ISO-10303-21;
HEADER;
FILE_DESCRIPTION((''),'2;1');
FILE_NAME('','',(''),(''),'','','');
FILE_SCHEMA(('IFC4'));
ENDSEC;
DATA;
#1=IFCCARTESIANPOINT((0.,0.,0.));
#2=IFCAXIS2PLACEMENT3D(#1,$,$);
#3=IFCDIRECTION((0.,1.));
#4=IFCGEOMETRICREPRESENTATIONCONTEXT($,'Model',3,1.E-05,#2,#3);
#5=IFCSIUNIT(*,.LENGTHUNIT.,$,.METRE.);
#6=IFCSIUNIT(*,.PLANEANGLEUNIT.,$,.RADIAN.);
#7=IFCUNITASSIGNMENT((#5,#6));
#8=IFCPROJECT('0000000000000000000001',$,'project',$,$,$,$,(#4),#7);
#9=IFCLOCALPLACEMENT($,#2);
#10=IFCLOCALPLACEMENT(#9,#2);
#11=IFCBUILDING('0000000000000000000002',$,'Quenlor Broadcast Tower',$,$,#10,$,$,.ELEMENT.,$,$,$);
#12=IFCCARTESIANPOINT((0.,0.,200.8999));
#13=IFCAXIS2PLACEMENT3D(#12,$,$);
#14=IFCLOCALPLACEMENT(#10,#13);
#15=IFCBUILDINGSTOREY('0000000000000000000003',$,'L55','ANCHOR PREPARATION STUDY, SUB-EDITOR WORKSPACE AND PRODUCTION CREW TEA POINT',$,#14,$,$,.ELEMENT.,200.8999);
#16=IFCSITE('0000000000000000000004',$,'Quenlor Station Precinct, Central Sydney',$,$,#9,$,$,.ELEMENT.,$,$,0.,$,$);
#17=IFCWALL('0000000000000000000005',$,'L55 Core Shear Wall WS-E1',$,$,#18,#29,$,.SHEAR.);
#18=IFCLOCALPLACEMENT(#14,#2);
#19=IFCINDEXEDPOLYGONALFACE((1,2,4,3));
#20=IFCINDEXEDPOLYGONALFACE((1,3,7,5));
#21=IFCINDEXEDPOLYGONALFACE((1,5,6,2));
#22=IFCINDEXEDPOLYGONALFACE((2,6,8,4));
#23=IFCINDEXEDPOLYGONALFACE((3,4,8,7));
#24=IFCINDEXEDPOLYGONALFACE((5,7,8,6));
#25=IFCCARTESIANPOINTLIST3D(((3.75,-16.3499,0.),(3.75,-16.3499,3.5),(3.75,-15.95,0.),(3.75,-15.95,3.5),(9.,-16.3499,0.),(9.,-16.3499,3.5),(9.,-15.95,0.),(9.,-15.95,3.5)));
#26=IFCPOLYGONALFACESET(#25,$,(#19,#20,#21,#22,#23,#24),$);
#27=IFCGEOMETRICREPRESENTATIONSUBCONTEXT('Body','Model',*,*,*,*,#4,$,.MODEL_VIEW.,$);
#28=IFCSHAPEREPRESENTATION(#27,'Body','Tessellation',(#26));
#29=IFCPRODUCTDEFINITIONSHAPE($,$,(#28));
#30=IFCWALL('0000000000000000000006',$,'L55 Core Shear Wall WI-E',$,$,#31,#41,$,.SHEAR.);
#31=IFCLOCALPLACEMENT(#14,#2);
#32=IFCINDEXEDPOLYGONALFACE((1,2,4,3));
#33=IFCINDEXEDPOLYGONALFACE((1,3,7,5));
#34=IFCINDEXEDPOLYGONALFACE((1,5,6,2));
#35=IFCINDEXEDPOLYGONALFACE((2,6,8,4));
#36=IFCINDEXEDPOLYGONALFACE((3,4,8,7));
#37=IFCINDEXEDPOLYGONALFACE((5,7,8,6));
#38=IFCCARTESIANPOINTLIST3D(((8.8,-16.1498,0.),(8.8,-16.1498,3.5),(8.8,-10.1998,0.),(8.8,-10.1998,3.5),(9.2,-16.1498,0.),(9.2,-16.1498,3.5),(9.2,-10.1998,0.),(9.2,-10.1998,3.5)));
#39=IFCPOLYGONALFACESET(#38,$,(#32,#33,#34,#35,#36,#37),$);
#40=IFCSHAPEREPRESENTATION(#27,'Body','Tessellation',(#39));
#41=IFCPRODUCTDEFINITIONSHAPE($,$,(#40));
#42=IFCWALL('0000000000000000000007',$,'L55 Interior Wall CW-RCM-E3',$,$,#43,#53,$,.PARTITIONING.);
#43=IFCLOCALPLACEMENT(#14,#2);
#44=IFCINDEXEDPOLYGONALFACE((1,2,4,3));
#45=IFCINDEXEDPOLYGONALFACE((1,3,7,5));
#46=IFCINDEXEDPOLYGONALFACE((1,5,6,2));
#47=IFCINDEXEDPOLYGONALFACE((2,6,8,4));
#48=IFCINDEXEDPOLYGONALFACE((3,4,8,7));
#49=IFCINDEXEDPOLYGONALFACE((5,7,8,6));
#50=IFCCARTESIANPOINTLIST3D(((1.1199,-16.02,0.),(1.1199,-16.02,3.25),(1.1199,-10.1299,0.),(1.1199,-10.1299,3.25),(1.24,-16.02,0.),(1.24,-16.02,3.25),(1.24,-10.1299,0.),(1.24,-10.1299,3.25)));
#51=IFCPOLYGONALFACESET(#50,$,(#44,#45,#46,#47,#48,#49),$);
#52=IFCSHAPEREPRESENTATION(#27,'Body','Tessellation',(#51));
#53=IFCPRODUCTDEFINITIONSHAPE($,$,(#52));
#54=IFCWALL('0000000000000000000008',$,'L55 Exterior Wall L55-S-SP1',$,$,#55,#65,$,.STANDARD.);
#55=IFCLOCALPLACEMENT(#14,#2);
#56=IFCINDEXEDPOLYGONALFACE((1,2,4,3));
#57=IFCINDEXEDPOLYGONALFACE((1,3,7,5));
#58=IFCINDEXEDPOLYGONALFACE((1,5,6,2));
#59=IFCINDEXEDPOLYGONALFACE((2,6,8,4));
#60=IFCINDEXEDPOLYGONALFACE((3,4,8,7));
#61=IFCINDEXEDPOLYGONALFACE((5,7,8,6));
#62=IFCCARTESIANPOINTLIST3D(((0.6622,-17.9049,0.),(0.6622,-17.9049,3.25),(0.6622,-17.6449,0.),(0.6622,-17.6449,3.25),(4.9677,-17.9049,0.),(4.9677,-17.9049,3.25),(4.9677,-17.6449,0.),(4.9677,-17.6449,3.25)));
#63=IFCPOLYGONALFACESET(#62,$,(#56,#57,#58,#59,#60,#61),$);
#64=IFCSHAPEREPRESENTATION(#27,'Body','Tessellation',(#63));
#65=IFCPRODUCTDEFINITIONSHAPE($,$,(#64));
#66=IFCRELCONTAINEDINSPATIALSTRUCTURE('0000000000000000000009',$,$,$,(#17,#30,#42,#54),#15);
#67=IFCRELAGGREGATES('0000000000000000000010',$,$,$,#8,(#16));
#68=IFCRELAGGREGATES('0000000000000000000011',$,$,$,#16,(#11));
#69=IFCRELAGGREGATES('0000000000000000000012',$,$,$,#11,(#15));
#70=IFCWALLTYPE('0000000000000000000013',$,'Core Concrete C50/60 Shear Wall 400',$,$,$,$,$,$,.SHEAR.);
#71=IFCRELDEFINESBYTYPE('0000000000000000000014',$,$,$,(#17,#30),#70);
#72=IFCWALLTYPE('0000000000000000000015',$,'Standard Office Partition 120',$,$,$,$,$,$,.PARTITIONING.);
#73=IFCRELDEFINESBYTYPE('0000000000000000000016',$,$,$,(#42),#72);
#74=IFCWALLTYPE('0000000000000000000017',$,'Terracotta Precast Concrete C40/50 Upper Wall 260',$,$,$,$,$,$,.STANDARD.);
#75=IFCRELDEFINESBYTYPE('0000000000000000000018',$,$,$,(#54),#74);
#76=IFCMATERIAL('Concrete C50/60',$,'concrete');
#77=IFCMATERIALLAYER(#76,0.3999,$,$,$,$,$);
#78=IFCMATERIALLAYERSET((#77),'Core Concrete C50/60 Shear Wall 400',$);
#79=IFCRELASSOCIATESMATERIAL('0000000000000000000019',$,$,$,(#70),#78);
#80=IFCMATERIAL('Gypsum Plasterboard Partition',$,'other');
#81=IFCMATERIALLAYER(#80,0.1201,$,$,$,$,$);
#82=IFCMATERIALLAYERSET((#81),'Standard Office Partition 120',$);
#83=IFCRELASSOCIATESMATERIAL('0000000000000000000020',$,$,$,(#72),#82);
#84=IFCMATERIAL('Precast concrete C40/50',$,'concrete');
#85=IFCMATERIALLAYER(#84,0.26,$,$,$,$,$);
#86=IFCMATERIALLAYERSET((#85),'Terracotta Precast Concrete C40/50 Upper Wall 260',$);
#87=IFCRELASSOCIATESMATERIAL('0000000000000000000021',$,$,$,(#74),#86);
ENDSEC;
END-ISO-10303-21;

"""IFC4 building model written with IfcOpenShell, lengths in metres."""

from ifc_helpers import new_model, si_unit, direction, frame, frame_2d, origin, place, context, subcontext, project, spatial, rectangle, extrude, material, layer, layer_set, type_object, element, save


model = new_model("IFC4")

# Units and contexts
model_context = context("Model", 3, precision=1e-05, world=origin(), true_north=direction((0.0, 1.0)))
body_context = subcontext(model_context, "Body", "Model", "MODEL_VIEW")
ifc_project = project(units=[si_unit("LENGTHUNIT", "METRE"), si_unit("PLANEANGLEUNIT", "RADIAN")], contexts=[model_context])

# Site, building, storey
site_placement = place(None, origin())
site = spatial("IfcSite", under=ifc_project, at=site_placement, Name="Quenlor Station Precinct, Central Sydney", CompositionType="ELEMENT", RefElevation=0.0)
building_placement = place(site_placement, origin())
building = spatial("IfcBuilding", under=site, at=building_placement, Name="Quenlor Broadcast Tower", CompositionType="ELEMENT")
storey_placement = place(building_placement, frame((0.0, 0.0, 200.8999)))
storey = spatial("IfcBuildingStorey", under=building, at=storey_placement, Name="L55", Description="ANCHOR PREPARATION STUDY, SUB-EDITOR WORKSPACE AND PRODUCTION CREW TEA POINT", CompositionType="ELEMENT", Elevation=200.8999)

# Walls
ifc_material_1 = material(Name="Concrete C50/60", Category="concrete")
ifc_layer_1 = layer(ifc_material_1, 0.3999)
ifc_layer_set_1 = layer_set([ifc_layer_1], Name="Core Concrete C50/60 Shear Wall 400")
wall_type_1 = type_object("IfcWallType", Name="Core Concrete C50/60 Shear Wall 400", PredefinedType="SHEAR", material=ifc_layer_set_1)
wall_1_placement = place(storey_placement, frame((3.75, -16.1499, 0.0), z_axis=(0.0, 0.0, 1.0), x_axis=(1.0, 0.0, 0.0)))
element("IfcWall", 1, at=wall_1_placement, inside=storey, type_object=wall_type_1, Name="L55 Core Shear Wall WS-E1", PredefinedType="SHEAR", context=body_context, shape_type="SweptSolid", body=[
    extrude(rectangle(XDim=5.25, YDim=0.3999, at=frame_2d((2.625, 0.0))), origin(), (0.0, 0.0, 1.0), 3.5),
])
wall_2_placement = place(storey_placement, frame((9.0, -16.1499, 0.0), z_axis=(0.0, 0.0, 1.0), x_axis=(0.0, 1.0, 0.0)))
element("IfcWall", 2, at=wall_2_placement, inside=storey, type_object=wall_type_1, Name="L55 Core Shear Wall WI-E", PredefinedType="SHEAR", context=body_context, shape_type="SweptSolid", body=[
    extrude(rectangle(XDim=5.95, YDim=0.3999, at=frame_2d((2.9751, 0.0))), origin(), (0.0, 0.0, 1.0), 3.5),
])
ifc_material_2 = material(Name="Gypsum Plasterboard Partition", Category="other")
ifc_layer_2 = layer(ifc_material_2, 0.1201)
ifc_layer_set_2 = layer_set([ifc_layer_2], Name="Standard Office Partition 120")
wall_type_2 = type_object("IfcWallType", Name="Standard Office Partition 120", PredefinedType="PARTITIONING", material=ifc_layer_set_2)
wall_3_placement = place(storey_placement, frame((1.1799, -16.02, 0.0), z_axis=(0.0, 0.0, 1.0), x_axis=(0.0, 1.0, 0.0)))
element("IfcWall", 3, at=wall_3_placement, inside=storey, type_object=wall_type_2, Name="L55 Interior Wall CW-RCM-E3", PredefinedType="PARTITIONING", context=body_context, shape_type="SweptSolid", body=[
    extrude(rectangle(XDim=5.8901, YDim=0.1201, at=frame_2d((2.9451, 0.0))), origin(), (0.0, 0.0, 1.0), 3.25),
])
ifc_material_3 = material(Name="Precast concrete C40/50", Category="concrete")
ifc_layer_3 = layer(ifc_material_3, 0.26)
ifc_layer_set_3 = layer_set([ifc_layer_3], Name="Terracotta Precast Concrete C40/50 Upper Wall 260")
wall_type_3 = type_object("IfcWallType", Name="Terracotta Precast Concrete C40/50 Upper Wall 260", PredefinedType="STANDARD", material=ifc_layer_set_3)
wall_4_placement = place(storey_placement, frame((4.9678, -17.7749, 0.0), z_axis=(0.0, 0.0, 1.0), x_axis=(-1.0, 0.0, 0.0)))
element("IfcWall", 4, at=wall_4_placement, inside=storey, type_object=wall_type_3, Name="L55 Exterior Wall L55-S-SP1", PredefinedType="STANDARD", context=body_context, shape_type="SweptSolid", body=[
    extrude(rectangle(XDim=4.3054, YDim=0.26, at=frame_2d((2.1528, 0.0))), origin(), (0.0, 0.0, 1.0), 3.25),
])

save(model, "model.ifc")
